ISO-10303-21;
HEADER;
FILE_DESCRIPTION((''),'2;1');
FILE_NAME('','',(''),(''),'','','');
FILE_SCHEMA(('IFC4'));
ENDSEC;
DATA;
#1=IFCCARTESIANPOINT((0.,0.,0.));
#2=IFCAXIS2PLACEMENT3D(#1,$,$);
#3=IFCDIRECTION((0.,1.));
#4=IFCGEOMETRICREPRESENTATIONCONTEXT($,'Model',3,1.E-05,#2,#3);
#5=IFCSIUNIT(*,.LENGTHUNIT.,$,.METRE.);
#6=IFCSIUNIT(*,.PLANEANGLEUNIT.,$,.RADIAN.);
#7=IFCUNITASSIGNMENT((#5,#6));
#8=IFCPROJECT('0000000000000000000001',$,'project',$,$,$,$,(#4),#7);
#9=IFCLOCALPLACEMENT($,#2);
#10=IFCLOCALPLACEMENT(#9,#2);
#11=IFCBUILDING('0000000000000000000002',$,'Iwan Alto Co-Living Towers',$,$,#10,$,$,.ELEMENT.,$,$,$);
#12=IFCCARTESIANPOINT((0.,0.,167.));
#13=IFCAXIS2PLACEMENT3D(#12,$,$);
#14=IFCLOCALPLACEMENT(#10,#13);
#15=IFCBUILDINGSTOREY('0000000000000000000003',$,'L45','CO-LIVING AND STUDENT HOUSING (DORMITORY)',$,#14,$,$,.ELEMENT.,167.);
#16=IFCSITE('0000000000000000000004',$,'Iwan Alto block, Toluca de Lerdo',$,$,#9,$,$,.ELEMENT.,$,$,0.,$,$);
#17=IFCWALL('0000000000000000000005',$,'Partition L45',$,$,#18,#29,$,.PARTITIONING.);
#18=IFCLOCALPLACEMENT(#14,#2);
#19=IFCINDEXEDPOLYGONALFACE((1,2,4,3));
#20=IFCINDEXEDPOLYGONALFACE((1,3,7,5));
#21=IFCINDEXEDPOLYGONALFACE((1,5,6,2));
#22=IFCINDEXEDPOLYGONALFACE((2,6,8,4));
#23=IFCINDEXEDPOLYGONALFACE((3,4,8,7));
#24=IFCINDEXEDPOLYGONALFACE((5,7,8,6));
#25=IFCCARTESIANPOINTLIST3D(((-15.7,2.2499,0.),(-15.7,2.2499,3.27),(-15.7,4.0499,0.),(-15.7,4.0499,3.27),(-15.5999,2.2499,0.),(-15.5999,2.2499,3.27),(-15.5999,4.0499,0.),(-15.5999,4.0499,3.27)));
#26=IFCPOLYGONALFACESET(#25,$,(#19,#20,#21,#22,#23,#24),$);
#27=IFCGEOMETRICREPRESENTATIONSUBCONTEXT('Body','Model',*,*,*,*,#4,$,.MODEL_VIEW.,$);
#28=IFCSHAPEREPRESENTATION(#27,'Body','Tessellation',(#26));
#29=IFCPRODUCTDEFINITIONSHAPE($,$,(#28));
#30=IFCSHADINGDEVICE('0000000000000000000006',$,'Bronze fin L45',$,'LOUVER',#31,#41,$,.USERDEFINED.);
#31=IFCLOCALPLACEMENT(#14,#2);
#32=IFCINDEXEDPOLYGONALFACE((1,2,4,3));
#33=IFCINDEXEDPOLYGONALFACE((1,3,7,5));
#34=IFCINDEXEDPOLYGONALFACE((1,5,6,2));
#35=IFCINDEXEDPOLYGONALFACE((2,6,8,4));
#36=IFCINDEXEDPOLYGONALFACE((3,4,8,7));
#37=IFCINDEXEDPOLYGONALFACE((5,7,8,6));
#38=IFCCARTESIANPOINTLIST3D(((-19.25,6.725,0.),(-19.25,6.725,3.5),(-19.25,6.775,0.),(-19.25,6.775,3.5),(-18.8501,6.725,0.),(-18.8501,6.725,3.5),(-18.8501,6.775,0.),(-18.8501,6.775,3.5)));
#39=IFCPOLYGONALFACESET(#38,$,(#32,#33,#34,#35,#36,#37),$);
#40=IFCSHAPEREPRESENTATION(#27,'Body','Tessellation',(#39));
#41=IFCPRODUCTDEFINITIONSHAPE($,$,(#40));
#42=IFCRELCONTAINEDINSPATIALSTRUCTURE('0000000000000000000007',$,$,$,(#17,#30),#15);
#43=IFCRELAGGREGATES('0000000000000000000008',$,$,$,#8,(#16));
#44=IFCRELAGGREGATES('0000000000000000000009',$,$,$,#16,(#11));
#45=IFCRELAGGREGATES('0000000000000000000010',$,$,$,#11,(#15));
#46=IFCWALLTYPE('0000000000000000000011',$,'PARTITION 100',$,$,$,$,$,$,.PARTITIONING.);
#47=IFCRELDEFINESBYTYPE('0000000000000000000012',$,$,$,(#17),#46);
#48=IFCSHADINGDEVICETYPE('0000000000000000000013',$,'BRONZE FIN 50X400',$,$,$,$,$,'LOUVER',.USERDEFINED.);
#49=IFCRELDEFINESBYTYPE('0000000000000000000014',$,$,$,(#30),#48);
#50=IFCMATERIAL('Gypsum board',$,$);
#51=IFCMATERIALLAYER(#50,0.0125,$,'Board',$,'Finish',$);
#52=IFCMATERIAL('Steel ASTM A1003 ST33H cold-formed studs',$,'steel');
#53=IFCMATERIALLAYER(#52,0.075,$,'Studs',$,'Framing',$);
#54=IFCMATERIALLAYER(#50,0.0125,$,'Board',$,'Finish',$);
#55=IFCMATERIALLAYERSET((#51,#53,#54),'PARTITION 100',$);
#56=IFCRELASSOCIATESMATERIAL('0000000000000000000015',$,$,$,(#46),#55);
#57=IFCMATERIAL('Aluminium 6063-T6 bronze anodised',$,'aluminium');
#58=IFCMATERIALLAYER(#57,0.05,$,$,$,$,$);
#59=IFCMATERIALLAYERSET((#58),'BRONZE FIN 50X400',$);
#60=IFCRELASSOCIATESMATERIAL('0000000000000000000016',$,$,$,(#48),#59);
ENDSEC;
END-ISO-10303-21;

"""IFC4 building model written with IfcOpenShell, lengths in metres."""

from ifc_helpers import new_model, si_unit, direction, frame, frame_2d, origin, origin_2d, place, context, subcontext, project, spatial, rectangle, extrude, material, layer, layer_set, type_object, element, save


model = new_model("IFC4")

# Units and contexts
model_context = context("Model", 3, precision=1e-05, world=origin(), true_north=direction((0.0, 1.0)))
body_context = subcontext(model_context, "Body", "Model", "MODEL_VIEW")
ifc_project = project(units=[si_unit("LENGTHUNIT", "METRE"), si_unit("PLANEANGLEUNIT", "RADIAN")], contexts=[model_context])

# Site, building, storey
site_placement = place(None, origin())
site = spatial("IfcSite", under=ifc_project, at=site_placement, Name="Iwan Alto block, Toluca de Lerdo", CompositionType="ELEMENT", RefElevation=0.0)
building_placement = place(site_placement, origin())
building = spatial("IfcBuilding", under=site, at=building_placement, Name="Iwan Alto Co-Living Towers", CompositionType="ELEMENT")
storey_placement = place(building_placement, frame((0.0, 0.0, 167.0)))
storey = spatial("IfcBuildingStorey", under=building, at=storey_placement, Name="L45", Description="CO-LIVING AND STUDENT HOUSING (DORMITORY)", CompositionType="ELEMENT", Elevation=167.0)

# Shared definitions
ifc_material_1 = material(Name="Gypsum board")
ifc_layer_1 = layer(ifc_material_1, 0.0125, Name="Board", Category="Finish")
ifc_material_2 = material(Name="Steel ASTM A1003 ST33H cold-formed studs", Category="steel")
ifc_layer_2 = layer(ifc_material_2, 0.075, Name="Studs", Category="Framing")
ifc_layer_3 = layer(ifc_material_1, 0.0125, Name="Board", Category="Finish")
ifc_layer_set_1 = layer_set([ifc_layer_1, ifc_layer_2, ifc_layer_3], Name="PARTITION 100")
wall_type = type_object("IfcWallType", Name="PARTITION 100", PredefinedType="PARTITIONING", material=ifc_layer_set_1)

# Wall
wall_1_placement = place(storey_placement, frame((-15.6499, 2.25, 0.0), z_axis=(0.0, 0.0, 1.0), x_axis=(0.0, 1.0, 0.0)))
element("IfcWall", 1, at=wall_1_placement, inside=storey, type_object=wall_type, Name="Partition L45", PredefinedType="PARTITIONING", context=body_context, shape_type="SweptSolid", body=[
    extrude(rectangle(XDim=1.8, YDim=0.1001, at=frame_2d((0.8999, 0.0))), origin(), (0.0, 0.0, 1.0), 3.27),
])

# Shading device
ifc_material_3 = material(Name="Aluminium 6063-T6 bronze anodised", Category="aluminium")
ifc_layer_4 = layer(ifc_material_3, 0.05)
ifc_layer_set_2 = layer_set([ifc_layer_4], Name="BRONZE FIN 50X400")
shading_device_type = type_object("IfcShadingDeviceType", Name="BRONZE FIN 50X400", ElementType="LOUVER", PredefinedType="USERDEFINED", material=ifc_layer_set_2)
shading_device_placement = place(storey_placement, frame((-19.05, 6.75, 0.0), z_axis=(0.0, 0.0, 1.0), x_axis=(0.0, -1.0, 0.0)))
element("IfcShadingDevice", 2, at=shading_device_placement, inside=storey, type_object=shading_device_type, Name="Bronze fin L45", ObjectType="LOUVER", PredefinedType="USERDEFINED", context=body_context, shape_type="SweptSolid", body=[
    extrude(rectangle(XDim=0.05, YDim=0.3999, at=origin_2d()), origin(), (0.0, 0.0, 1.0), 3.5),
])

save(model, "model.ifc")
